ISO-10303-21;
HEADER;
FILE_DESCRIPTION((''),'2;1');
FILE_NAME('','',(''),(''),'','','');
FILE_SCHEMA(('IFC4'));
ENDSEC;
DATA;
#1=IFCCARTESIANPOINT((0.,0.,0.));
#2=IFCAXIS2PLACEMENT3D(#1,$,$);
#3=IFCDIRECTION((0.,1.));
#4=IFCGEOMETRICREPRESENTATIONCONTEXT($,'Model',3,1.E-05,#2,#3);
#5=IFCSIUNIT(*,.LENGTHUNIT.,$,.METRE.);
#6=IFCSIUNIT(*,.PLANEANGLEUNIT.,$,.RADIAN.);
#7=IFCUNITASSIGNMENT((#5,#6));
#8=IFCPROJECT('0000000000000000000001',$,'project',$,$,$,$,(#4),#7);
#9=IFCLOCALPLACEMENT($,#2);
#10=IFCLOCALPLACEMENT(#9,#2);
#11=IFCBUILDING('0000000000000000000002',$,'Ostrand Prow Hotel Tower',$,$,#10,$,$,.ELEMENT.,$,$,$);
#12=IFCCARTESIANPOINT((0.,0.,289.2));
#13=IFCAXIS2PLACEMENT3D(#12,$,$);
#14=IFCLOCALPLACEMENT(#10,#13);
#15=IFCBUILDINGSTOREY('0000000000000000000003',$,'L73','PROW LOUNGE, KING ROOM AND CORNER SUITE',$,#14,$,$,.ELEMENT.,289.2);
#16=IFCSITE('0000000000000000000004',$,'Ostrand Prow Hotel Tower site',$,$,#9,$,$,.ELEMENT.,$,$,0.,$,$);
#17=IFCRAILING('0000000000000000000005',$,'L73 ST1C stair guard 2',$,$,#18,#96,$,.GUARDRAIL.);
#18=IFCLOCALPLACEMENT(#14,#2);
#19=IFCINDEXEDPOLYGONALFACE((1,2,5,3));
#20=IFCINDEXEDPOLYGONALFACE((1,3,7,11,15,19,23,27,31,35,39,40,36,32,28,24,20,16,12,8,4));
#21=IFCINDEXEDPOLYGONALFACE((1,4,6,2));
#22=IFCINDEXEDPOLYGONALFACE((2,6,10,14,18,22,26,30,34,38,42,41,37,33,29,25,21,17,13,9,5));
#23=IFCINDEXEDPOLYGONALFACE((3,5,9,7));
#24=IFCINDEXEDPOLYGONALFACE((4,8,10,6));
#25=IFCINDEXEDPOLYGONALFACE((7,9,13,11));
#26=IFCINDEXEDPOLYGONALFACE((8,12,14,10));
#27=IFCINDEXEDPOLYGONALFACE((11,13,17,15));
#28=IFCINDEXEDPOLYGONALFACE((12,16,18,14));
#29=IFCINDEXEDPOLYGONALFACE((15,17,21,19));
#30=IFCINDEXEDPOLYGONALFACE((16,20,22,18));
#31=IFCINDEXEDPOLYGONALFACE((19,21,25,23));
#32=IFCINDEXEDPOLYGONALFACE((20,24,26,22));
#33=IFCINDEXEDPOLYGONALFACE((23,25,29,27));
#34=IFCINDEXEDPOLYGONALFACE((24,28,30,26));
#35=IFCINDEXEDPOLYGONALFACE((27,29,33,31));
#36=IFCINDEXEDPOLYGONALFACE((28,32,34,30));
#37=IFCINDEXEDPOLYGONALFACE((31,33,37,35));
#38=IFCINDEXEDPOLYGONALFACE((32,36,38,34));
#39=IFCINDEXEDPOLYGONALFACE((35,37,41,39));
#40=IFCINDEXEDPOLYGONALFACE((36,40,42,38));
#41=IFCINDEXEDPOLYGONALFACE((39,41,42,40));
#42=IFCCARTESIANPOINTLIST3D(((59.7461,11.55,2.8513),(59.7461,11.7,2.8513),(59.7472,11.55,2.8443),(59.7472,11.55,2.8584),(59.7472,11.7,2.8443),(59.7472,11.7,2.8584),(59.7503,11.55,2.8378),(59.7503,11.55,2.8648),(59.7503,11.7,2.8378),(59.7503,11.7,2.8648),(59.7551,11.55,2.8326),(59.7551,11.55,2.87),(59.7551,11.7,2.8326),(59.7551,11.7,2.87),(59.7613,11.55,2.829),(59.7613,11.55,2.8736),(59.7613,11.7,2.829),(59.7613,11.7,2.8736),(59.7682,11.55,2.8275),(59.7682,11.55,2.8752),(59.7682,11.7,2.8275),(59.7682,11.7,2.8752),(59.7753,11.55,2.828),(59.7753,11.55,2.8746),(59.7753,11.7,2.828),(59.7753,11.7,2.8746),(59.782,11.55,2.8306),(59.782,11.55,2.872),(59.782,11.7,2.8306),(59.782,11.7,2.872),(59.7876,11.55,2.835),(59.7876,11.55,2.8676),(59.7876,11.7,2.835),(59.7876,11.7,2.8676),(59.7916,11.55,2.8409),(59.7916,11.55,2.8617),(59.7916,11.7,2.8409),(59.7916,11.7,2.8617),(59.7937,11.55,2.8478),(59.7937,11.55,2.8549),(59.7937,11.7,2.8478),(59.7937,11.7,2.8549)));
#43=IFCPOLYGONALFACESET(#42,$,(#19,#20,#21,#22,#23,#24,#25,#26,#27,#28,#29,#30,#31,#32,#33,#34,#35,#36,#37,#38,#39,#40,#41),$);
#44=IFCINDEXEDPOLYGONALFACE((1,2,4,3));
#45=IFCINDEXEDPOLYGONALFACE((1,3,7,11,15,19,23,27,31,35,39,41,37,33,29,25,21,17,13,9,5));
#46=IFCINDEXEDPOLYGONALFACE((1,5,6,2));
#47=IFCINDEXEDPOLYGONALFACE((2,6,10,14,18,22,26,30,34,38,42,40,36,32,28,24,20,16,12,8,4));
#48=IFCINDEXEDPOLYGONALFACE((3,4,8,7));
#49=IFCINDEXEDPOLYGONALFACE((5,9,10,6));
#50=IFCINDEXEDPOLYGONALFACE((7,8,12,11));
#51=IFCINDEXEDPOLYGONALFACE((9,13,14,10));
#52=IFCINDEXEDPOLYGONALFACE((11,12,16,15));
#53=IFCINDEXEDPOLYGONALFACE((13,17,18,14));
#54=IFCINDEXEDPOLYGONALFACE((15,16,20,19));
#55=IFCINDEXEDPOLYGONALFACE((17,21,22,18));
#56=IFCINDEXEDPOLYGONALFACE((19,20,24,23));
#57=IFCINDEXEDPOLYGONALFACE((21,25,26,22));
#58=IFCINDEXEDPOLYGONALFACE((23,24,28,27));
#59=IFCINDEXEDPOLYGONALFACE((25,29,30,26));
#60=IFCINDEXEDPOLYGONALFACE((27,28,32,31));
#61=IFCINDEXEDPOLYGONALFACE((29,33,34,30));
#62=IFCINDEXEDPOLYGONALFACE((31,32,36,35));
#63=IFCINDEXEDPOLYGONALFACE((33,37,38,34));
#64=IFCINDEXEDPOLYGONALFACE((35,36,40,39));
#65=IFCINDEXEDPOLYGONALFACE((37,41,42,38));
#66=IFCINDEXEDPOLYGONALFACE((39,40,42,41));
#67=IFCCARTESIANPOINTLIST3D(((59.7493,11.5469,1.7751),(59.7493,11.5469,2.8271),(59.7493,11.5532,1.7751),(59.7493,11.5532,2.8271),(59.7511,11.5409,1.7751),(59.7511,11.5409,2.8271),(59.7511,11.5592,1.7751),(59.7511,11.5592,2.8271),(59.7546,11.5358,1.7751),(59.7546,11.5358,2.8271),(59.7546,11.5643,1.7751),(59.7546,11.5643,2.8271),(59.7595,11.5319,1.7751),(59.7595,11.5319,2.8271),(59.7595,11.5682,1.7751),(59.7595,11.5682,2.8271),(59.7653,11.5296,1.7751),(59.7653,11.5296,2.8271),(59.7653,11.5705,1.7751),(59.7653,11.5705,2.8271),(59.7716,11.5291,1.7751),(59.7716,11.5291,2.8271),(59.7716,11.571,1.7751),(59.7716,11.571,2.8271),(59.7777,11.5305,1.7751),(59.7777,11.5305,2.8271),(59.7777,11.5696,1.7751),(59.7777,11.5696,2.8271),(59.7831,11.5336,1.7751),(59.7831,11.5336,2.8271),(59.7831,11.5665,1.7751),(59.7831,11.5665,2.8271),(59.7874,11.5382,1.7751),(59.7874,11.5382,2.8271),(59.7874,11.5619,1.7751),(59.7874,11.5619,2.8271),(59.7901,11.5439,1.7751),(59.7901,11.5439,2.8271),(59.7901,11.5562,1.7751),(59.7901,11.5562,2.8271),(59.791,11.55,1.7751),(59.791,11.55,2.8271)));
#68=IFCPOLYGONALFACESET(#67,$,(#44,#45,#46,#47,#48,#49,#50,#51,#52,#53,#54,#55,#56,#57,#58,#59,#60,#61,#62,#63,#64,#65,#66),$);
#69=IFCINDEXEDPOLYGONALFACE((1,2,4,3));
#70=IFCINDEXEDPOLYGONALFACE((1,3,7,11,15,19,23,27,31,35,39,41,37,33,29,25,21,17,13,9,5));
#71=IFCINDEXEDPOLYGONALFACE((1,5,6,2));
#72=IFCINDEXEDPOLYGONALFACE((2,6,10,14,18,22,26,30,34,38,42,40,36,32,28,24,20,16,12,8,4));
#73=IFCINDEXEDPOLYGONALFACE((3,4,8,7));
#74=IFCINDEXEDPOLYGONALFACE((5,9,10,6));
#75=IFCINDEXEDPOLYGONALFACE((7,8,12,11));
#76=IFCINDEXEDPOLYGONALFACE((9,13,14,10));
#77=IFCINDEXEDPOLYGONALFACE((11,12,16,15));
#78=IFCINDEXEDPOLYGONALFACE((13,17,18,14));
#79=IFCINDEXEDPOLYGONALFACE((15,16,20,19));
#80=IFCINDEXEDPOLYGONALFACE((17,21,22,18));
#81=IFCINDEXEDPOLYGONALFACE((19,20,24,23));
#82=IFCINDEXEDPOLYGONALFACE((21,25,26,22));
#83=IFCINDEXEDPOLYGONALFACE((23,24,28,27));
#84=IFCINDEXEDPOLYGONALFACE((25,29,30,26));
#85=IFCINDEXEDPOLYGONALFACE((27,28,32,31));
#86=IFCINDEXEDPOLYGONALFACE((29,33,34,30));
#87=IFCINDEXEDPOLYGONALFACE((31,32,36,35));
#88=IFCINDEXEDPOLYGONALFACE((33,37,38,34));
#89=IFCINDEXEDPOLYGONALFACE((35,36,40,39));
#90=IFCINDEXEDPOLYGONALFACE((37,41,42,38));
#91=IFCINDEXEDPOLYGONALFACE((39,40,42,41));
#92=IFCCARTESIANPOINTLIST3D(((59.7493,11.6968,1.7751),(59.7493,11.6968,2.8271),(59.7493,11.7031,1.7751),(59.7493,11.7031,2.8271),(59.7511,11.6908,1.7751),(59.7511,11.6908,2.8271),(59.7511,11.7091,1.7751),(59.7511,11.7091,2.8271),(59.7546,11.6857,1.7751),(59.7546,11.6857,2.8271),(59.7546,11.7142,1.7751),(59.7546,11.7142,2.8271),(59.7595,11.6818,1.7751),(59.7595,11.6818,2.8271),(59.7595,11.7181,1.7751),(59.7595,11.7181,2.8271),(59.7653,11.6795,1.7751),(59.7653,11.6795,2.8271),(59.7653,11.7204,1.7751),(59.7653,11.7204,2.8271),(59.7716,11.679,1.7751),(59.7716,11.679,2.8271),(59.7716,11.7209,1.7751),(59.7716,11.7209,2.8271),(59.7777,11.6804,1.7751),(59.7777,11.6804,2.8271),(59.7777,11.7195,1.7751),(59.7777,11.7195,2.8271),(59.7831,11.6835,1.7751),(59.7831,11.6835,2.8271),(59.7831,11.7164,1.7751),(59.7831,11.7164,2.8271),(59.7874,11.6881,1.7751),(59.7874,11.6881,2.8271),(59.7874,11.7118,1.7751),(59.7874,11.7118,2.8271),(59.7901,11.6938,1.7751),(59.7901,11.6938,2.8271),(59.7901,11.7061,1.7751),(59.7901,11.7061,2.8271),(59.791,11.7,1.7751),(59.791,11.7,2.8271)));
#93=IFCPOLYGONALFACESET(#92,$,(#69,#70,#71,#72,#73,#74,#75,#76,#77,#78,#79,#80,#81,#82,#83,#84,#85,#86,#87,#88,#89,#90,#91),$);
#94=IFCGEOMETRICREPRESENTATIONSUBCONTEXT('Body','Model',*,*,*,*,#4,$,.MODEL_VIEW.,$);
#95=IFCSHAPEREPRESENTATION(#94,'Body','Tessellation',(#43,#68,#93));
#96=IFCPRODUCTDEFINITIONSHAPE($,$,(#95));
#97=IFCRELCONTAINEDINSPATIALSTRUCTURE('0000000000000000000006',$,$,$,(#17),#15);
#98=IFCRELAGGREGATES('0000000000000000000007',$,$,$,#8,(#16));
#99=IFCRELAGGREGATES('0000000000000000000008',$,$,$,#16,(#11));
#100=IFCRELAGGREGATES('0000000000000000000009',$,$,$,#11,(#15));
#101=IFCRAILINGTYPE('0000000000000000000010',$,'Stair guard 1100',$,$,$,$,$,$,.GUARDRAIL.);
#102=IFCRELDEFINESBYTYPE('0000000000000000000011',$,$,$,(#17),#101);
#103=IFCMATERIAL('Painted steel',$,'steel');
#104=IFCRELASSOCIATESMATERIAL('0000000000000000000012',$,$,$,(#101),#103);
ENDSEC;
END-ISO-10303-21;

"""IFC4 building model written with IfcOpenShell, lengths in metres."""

from ifc_helpers import new_model, si_unit, direction, frame, origin, origin_2d, place, context, subcontext, project, spatial, circle, extrude, material, type_object, element, save


model = new_model("IFC4")

# Units and contexts
model_context = context("Model", 3, precision=1e-05, world=origin(), true_north=direction((0.0, 1.0)))
body_context = subcontext(model_context, "Body", "Model", "MODEL_VIEW")
ifc_project = project(units=[si_unit("LENGTHUNIT", "METRE"), si_unit("PLANEANGLEUNIT", "RADIAN")], contexts=[model_context])

# Site, building, storey
site_placement = place(None, origin())
site = spatial("IfcSite", under=ifc_project, at=site_placement, Name="Ostrand Prow Hotel Tower site", CompositionType="ELEMENT", RefElevation=0.0)
building_placement = place(site_placement, origin())
building = spatial("IfcBuilding", under=site, at=building_placement, Name="Ostrand Prow Hotel Tower", CompositionType="ELEMENT")
storey_placement = place(building_placement, frame((0.0, 0.0, 289.2)))
storey = spatial("IfcBuildingStorey", under=building, at=storey_placement, Name="L73", Description="PROW LOUNGE, KING ROOM AND CORNER SUITE", CompositionType="ELEMENT", Elevation=289.2)

# Railing
ifc_material_1 = material(Name="Painted steel", Category="steel")
railing_type_1 = type_object("IfcRailingType", Name="Stair guard 1100", PredefinedType="GUARDRAIL", material=ifc_material_1)
railing_1_placement = place(storey_placement, frame((59.77, 11.55, 1.7751)))
element("IfcRailing", 1, at=railing_1_placement, inside=storey, type_object=railing_type_1, Name="L73 ST1C stair guard 2", PredefinedType="GUARDRAIL", context=body_context, shape_type="SweptSolid", body=[
    extrude(circle(Radius=0.0239, at=origin_2d()), frame((0.0, 0.0, 1.0762), z_axis=(0.0, 1.0, 0.0), x_axis=(-1.0, 0.0, 0.0)), (0.0, 0.0, 1.0), 0.1499),
    extrude(circle(Radius=0.021, at=origin_2d()), origin(), (0.0, 0.0, 1.0), 1.052),
    extrude(circle(Radius=0.021, at=origin_2d()), frame((0.0, 0.1499, 0.0)), (0.0, 0.0, 1.0), 1.052),
])

save(model, "model.ifc")
